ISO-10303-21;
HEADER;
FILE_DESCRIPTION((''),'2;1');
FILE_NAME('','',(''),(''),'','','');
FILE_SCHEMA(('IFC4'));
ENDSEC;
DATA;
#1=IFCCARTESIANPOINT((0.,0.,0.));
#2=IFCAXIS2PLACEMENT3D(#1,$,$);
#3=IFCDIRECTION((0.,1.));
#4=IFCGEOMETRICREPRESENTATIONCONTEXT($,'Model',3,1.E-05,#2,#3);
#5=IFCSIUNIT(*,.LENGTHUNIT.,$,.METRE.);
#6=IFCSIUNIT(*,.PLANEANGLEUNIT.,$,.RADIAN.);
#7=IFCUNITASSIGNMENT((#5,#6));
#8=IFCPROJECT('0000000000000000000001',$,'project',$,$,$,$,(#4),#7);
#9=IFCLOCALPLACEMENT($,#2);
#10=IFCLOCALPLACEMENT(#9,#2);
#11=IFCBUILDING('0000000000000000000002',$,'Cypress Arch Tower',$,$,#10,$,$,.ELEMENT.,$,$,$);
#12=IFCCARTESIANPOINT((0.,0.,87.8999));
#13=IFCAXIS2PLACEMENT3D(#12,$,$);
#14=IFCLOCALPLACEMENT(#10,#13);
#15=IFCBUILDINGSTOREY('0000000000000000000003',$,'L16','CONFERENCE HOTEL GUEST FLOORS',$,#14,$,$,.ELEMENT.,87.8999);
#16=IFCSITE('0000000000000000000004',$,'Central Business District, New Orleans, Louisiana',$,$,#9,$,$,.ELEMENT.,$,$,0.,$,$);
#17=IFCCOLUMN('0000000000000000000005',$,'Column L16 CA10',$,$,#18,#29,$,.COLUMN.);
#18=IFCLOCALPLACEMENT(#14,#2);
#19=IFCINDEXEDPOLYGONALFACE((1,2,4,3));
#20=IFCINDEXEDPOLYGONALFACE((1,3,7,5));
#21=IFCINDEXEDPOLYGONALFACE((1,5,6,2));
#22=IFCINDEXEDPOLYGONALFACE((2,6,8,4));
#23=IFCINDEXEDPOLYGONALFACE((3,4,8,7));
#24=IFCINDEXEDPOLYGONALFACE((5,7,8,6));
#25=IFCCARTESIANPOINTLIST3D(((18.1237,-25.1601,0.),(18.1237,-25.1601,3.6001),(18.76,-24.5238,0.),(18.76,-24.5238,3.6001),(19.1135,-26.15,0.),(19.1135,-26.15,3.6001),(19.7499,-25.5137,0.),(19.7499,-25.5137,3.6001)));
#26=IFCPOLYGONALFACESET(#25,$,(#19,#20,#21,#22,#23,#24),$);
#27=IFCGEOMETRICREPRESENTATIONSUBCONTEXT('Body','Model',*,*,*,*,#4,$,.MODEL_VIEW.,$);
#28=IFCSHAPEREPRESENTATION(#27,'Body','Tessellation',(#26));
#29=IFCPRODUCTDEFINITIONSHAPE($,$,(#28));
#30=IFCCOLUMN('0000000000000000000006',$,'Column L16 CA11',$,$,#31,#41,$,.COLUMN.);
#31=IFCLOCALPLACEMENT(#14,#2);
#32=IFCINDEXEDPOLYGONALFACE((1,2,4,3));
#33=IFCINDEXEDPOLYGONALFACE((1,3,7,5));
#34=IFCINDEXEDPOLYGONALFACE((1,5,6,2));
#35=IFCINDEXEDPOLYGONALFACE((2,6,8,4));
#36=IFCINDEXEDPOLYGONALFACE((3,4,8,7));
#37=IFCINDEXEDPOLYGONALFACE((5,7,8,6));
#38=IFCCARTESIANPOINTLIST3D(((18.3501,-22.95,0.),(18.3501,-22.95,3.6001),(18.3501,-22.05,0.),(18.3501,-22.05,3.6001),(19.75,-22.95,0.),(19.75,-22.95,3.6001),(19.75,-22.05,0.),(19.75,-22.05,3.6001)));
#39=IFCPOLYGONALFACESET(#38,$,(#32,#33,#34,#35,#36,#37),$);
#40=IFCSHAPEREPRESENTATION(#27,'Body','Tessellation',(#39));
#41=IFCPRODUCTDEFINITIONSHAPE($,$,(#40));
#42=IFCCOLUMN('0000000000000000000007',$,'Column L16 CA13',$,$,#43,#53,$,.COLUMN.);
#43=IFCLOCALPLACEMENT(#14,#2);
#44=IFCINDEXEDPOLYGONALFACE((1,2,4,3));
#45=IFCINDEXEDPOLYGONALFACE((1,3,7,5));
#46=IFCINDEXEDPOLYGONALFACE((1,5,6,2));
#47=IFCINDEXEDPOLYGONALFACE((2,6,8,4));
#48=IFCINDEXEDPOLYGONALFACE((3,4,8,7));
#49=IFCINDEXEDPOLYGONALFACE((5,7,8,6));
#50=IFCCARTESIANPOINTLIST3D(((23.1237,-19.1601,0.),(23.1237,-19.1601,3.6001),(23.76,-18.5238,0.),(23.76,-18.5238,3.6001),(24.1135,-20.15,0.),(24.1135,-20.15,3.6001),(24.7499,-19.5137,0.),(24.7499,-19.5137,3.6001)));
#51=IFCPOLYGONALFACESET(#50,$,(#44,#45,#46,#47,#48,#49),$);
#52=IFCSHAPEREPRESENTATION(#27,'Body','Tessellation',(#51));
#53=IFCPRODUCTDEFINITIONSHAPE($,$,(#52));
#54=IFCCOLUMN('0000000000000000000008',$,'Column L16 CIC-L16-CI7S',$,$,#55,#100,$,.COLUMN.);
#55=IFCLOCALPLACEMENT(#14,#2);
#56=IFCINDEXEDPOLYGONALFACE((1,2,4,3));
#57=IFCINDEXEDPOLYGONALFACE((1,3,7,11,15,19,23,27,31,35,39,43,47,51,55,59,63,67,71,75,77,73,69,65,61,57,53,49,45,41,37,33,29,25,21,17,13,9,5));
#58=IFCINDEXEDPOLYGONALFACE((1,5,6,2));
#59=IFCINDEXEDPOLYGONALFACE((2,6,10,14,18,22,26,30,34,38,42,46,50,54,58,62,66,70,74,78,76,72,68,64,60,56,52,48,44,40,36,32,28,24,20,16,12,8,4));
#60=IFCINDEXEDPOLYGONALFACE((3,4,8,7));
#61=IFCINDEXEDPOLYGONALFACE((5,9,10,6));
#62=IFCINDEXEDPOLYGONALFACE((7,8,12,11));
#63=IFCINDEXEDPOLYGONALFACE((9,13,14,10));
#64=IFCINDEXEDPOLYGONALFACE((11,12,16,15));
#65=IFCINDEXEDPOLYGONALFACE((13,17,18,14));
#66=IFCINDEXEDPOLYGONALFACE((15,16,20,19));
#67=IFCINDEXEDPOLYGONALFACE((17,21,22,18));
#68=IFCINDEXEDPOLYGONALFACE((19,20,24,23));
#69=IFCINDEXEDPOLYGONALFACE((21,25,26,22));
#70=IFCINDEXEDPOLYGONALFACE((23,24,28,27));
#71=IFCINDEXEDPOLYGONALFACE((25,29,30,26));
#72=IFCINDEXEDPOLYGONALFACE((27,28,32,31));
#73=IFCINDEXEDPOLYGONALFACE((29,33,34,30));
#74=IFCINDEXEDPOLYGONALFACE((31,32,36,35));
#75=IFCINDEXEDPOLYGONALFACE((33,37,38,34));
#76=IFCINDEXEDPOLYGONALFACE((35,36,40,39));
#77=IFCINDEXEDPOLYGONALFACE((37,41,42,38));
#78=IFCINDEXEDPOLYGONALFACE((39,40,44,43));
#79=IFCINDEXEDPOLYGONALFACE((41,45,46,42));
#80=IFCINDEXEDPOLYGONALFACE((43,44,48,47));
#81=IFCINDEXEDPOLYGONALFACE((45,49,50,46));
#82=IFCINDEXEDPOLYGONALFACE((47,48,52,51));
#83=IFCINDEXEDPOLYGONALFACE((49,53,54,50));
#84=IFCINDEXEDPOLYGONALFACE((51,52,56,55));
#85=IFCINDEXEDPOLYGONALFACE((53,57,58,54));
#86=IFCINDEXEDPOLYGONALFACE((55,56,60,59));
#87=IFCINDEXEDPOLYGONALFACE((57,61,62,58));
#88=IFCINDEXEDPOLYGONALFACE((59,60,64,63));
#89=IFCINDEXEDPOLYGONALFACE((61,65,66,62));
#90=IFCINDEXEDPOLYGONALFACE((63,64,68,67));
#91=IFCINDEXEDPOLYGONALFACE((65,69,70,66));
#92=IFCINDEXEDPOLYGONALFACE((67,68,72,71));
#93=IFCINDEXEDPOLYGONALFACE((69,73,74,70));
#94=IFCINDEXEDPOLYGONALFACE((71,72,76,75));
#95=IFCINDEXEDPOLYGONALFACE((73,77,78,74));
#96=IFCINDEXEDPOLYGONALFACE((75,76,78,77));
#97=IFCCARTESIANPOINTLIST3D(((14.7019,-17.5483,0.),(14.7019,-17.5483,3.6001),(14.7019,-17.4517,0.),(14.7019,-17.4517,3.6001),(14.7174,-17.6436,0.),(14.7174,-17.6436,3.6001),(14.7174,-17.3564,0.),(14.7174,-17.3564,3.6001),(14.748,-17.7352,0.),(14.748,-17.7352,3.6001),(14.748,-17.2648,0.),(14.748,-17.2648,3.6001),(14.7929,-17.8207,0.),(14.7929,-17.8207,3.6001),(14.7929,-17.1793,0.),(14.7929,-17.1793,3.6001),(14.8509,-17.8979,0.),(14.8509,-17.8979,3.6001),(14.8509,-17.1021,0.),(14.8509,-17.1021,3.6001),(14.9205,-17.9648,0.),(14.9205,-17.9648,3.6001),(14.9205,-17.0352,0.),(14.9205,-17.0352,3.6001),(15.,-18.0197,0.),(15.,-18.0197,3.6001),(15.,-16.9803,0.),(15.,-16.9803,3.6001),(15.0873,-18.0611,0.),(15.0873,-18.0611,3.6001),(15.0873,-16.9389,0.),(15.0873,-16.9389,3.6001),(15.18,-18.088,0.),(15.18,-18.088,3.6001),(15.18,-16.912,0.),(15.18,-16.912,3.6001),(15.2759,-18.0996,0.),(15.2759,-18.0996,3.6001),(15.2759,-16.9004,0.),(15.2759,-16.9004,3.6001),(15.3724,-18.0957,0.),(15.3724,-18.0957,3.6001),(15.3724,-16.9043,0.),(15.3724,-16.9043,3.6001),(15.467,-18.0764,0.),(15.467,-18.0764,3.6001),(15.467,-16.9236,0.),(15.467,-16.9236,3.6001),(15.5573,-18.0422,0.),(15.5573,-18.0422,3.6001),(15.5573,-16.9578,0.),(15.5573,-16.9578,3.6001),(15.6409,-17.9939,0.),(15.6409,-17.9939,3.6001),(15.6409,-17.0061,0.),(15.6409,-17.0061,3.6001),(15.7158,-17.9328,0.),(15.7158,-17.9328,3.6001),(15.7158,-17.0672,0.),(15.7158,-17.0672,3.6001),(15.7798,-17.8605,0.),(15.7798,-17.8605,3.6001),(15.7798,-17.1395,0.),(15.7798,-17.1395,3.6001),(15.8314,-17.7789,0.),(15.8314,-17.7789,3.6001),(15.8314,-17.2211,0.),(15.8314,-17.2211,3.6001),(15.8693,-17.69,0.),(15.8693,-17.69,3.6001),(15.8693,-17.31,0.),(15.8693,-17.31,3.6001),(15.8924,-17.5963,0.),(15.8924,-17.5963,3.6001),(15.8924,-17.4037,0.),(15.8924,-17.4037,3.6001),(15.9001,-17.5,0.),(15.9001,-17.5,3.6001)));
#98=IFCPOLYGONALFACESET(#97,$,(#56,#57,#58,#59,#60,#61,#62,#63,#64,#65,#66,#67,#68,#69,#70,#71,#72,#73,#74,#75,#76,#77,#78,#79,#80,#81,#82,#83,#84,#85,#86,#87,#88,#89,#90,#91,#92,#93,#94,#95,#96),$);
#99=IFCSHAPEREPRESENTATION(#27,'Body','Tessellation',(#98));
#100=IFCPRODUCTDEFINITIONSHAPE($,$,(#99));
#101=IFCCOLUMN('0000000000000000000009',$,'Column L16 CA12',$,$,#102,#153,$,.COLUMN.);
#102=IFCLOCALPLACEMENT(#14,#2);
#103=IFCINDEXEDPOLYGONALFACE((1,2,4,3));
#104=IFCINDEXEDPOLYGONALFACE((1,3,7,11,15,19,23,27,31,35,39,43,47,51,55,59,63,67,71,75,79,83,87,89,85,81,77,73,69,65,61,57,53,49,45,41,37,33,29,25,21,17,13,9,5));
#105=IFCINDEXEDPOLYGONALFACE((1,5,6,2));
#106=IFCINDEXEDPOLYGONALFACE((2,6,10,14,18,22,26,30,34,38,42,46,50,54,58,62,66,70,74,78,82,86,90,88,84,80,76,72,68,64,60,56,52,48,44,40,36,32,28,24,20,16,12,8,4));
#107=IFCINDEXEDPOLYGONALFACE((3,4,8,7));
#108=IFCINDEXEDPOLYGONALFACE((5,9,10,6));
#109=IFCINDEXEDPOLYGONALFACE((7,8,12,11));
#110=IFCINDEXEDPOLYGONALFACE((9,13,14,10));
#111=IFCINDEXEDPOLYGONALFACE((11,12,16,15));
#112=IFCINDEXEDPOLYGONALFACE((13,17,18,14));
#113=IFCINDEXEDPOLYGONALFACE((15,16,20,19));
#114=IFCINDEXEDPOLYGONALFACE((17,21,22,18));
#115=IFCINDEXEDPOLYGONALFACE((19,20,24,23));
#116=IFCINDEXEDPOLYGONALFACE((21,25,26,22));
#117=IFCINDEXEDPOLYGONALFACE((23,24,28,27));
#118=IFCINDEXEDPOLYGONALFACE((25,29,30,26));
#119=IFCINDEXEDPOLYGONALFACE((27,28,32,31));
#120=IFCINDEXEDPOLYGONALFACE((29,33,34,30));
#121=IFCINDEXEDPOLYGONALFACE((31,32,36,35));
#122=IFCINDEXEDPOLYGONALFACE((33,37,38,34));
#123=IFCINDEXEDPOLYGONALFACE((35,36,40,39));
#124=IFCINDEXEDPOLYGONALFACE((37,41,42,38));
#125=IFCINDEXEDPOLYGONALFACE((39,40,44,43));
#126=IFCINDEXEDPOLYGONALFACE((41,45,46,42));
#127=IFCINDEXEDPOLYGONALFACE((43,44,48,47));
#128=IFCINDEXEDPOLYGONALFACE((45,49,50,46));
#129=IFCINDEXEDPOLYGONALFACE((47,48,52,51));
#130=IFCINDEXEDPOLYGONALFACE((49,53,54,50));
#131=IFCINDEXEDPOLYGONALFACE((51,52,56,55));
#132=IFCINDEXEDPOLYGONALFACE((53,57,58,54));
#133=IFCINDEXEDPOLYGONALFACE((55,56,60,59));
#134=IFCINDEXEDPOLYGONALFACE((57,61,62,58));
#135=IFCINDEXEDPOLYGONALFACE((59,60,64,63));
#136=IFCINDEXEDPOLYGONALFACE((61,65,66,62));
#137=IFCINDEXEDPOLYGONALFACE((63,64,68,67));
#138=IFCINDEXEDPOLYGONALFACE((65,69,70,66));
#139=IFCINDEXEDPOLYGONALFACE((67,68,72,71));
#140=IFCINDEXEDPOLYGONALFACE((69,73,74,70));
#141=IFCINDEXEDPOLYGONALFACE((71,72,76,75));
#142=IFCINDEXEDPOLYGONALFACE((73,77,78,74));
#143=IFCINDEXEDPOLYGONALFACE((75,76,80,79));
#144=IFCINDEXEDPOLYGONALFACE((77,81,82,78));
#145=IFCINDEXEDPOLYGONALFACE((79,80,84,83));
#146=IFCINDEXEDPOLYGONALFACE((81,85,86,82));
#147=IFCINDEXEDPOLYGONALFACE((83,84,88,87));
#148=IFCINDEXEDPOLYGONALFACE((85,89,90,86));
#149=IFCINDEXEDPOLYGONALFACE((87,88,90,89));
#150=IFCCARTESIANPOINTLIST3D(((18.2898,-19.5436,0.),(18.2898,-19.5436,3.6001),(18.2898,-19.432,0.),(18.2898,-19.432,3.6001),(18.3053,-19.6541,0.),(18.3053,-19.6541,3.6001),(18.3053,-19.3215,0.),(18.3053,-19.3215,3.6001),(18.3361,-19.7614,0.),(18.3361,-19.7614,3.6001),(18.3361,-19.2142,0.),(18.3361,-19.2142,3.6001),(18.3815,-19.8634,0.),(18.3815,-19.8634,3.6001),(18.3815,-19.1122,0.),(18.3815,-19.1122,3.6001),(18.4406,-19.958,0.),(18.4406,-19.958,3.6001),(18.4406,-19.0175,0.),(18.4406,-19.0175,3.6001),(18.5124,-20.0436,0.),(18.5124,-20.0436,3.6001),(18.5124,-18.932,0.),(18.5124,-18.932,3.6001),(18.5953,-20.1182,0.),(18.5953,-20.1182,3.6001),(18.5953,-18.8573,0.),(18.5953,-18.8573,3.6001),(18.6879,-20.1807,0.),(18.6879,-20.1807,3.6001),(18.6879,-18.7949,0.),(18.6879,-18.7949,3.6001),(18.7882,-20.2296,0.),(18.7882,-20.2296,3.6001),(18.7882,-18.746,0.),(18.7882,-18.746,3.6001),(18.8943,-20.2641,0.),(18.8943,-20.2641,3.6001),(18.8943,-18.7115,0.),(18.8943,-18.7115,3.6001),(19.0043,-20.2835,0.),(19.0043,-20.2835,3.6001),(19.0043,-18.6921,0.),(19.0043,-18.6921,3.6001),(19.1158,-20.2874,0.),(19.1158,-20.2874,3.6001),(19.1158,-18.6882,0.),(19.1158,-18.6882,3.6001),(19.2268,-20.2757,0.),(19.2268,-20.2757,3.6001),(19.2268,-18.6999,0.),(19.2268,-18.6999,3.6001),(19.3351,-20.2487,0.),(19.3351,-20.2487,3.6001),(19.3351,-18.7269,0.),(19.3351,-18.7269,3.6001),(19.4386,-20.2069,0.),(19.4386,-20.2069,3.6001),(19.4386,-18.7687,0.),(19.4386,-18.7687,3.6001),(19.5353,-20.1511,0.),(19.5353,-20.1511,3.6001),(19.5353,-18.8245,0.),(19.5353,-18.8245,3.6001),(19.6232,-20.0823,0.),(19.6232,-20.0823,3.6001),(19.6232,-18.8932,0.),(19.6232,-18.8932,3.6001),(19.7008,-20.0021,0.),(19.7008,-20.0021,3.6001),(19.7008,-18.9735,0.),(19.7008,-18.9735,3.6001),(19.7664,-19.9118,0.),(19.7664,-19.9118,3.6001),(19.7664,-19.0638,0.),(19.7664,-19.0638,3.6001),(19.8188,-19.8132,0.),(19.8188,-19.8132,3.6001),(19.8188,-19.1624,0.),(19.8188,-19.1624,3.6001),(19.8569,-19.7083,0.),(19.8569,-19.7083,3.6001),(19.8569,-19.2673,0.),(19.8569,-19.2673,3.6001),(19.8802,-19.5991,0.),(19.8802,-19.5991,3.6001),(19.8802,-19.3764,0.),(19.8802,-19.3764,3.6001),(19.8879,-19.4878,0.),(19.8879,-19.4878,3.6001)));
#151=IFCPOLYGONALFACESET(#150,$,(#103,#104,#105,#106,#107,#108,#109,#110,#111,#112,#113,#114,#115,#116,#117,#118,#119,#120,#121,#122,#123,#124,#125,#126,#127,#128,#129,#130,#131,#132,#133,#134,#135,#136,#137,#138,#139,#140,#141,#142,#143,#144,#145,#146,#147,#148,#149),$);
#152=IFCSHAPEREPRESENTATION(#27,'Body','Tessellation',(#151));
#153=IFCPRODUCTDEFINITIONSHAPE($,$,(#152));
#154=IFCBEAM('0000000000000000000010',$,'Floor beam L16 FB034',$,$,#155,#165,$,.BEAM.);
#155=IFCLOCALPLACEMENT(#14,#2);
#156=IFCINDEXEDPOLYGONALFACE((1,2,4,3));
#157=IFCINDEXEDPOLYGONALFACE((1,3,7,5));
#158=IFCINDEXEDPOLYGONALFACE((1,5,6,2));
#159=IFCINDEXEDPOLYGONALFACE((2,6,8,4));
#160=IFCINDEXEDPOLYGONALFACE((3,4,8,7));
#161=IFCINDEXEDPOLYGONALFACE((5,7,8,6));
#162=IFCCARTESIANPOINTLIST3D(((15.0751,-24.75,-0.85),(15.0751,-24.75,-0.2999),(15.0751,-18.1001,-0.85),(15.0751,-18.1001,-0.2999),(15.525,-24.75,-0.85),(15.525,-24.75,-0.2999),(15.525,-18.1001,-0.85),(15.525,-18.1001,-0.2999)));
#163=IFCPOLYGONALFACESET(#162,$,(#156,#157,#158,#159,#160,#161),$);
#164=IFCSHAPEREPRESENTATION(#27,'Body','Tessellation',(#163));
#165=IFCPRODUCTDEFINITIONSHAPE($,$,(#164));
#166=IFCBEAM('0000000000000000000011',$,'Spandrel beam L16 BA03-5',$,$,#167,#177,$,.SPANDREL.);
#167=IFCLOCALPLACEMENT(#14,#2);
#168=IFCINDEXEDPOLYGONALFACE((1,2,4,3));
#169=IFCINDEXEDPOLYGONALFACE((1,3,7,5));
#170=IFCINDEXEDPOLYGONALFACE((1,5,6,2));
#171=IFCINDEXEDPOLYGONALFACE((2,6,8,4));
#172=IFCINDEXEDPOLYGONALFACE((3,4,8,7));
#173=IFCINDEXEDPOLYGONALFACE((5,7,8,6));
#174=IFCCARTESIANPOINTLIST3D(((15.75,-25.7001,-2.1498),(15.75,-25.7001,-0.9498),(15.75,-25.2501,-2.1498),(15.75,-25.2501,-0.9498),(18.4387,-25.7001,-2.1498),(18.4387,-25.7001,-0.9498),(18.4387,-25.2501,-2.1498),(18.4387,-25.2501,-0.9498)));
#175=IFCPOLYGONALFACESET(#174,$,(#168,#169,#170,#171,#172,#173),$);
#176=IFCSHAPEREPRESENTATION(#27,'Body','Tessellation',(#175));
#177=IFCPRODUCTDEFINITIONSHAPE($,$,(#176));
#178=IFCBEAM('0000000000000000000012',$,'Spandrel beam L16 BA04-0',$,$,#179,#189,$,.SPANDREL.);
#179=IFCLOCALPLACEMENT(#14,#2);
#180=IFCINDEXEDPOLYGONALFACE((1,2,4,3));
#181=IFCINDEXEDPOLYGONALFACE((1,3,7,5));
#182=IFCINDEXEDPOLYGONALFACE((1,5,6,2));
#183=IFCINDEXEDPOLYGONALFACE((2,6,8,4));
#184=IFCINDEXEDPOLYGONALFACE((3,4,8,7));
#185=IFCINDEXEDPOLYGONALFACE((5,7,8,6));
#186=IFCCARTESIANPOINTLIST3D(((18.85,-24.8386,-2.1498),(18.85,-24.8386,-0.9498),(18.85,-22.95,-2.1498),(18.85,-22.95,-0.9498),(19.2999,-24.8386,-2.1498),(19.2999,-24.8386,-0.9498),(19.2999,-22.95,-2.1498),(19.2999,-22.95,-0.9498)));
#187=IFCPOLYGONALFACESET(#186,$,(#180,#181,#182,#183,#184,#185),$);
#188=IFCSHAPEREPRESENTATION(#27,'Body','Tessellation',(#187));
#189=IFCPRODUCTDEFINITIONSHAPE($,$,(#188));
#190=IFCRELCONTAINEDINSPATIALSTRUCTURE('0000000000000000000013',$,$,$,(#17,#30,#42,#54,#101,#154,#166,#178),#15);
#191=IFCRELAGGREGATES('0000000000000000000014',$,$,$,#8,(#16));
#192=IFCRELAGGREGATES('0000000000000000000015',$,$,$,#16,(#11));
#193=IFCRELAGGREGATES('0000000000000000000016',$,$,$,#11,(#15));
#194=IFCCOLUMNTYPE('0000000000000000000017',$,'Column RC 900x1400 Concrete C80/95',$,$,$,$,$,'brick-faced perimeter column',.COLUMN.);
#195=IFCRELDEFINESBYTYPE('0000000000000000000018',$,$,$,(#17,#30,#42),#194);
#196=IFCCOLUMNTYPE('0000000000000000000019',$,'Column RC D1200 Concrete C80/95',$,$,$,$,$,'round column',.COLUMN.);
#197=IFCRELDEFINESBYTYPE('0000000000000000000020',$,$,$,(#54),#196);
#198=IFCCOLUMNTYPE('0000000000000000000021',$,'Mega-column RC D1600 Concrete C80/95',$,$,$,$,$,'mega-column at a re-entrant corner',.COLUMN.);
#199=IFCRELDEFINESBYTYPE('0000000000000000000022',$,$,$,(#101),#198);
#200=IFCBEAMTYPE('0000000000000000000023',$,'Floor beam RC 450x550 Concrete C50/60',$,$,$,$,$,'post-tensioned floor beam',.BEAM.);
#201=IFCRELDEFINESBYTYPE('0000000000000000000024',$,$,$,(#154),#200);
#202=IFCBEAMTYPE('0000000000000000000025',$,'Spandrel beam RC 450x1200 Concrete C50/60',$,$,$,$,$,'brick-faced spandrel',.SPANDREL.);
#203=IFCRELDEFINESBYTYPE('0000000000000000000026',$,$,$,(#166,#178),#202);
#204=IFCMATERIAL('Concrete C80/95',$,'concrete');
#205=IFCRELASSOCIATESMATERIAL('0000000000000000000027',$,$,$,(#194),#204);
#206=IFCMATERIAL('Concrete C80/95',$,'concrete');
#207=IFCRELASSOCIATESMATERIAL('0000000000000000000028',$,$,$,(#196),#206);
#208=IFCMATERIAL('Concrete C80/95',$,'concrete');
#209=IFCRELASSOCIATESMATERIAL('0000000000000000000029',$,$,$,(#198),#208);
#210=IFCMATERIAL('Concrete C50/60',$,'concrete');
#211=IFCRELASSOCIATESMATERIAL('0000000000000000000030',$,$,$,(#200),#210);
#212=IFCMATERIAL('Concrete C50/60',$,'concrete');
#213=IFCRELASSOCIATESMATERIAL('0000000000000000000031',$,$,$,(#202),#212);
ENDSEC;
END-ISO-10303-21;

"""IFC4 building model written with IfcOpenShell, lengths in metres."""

from ifc_helpers import new_model, si_unit, direction, frame, origin, origin_2d, place, context, subcontext, project, spatial, rectangle, circle, extrude, material, material_profile, profile_set, type_object, element, save


model = new_model("IFC4")

# Units and contexts
model_context = context("Model", 3, precision=1e-05, world=origin(), true_north=direction((0.0, 1.0)))
body_context = subcontext(model_context, "Body", "Model", "MODEL_VIEW")
ifc_project = project(units=[si_unit("LENGTHUNIT", "METRE"), si_unit("PLANEANGLEUNIT", "RADIAN")], contexts=[model_context])

# Site, building, storey
site_placement = place(None, origin())
site = spatial("IfcSite", under=ifc_project, at=site_placement, Name="Central Business District, New Orleans, Louisiana", CompositionType="ELEMENT", RefElevation=0.0)
building_placement = place(site_placement, origin())
building = spatial("IfcBuilding", under=site, at=building_placement, Name="Cypress Arch Tower", CompositionType="ELEMENT")
storey_placement = place(building_placement, frame((0.0, 0.0, 87.8999)))
storey = spatial("IfcBuildingStorey", under=building, at=storey_placement, Name="L16", Description="CONFERENCE HOTEL GUEST FLOORS", CompositionType="ELEMENT", Elevation=87.8999)

# Columns
ifc_material_1 = material(Name="Concrete C80/95", Category="concrete")
ifc_material_profile_1 = material_profile(ifc_material_1, rectangle(XDim=0.8999, YDim=1.3999, at=origin_2d()), Name="RC 900x1400")
ifc_profile_set_1 = profile_set([ifc_material_profile_1], Name="Concrete C80/95")
column_type_1 = type_object("IfcColumnType", Name="Column RC 900x1400 Concrete C80/95", ElementType="brick-faced perimeter column", PredefinedType="COLUMN", material=ifc_profile_set_1)
for number, where, z_axis, x_axis, name in (
    (1, (18.9368, -25.3369, 0.0), (0.0, 0.0, 1.0), (0.707107, 0.707107, 0.0), "Column L16 CA10"),
    (2, (19.05, -22.5, 0.0), (0.0, 0.0, 1.0), (0.0, 1.0, 0.0), "Column L16 CA11"),
    (3, (23.9368, -19.3369, 0.0), (0.0, 0.0, 1.0), (0.707107, 0.707107, 0.0), "Column L16 CA13"),
):
    element("IfcColumn", number, at=place(storey_placement, frame(where, z_axis=z_axis, x_axis=x_axis)), inside=storey, type_object=column_type_1, Name=name, PredefinedType="COLUMN", context=body_context, shape_type="SweptSolid", body=[
        extrude(rectangle(XDim=0.8999, YDim=1.3999, at=origin_2d()), origin(), (0.0, 0.0, 1.0), 3.6001),
    ])
ifc_material_2 = material(Name="Concrete C80/95", Category="concrete")
ifc_material_profile_2 = material_profile(ifc_material_2, circle(Radius=0.6001, at=origin_2d()), Name="RC D1200")
ifc_profile_set_2 = profile_set([ifc_material_profile_2], Name="Concrete C80/95")
column_type_2 = type_object("IfcColumnType", Name="Column RC D1200 Concrete C80/95", ElementType="round column", PredefinedType="COLUMN", material=ifc_profile_set_2)
column_1_placement = place(storey_placement, frame((15.3, -17.5, 0.0), z_axis=(0.0, 0.0, 1.0), x_axis=(1.0, 0.0, 0.0)))
element("IfcColumn", 4, at=column_1_placement, inside=storey, type_object=column_type_2, Name="Column L16 CIC-L16-CI7S", PredefinedType="COLUMN", context=body_context, shape_type="SweptSolid", body=[
    extrude(circle(Radius=0.6001, at=origin_2d()), origin(), (0.0, 0.0, 1.0), 3.6001),
])
ifc_material_3 = material(Name="Concrete C80/95", Category="concrete")
ifc_material_profile_3 = material_profile(ifc_material_3, circle(Radius=0.8, at=origin_2d()), Name="RC D1600")
ifc_profile_set_3 = profile_set([ifc_material_profile_3], Name="Concrete C80/95")
column_type_3 = type_object("IfcColumnType", Name="Mega-column RC D1600 Concrete C80/95", ElementType="mega-column at a re-entrant corner", PredefinedType="COLUMN", material=ifc_profile_set_3)
column_2_placement = place(storey_placement, frame((19.0879, -19.4878, 0.0), z_axis=(0.0, 0.0, 1.0), x_axis=(1.0, 0.0, 0.0)))
element("IfcColumn", 5, at=column_2_placement, inside=storey, type_object=column_type_3, Name="Column L16 CA12", PredefinedType="COLUMN", context=body_context, shape_type="SweptSolid", body=[
    extrude(circle(Radius=0.8, at=origin_2d()), origin(), (0.0, 0.0, 1.0), 3.6001),
])

# Beams
ifc_material_4 = material(Name="Concrete C50/60", Category="concrete")
ifc_material_profile_4 = material_profile(ifc_material_4, rectangle(XDim=0.45, YDim=0.55, at=origin_2d()), Name="RC 450x550")
ifc_profile_set_4 = profile_set([ifc_material_profile_4], Name="Concrete C50/60")
beam_type_1 = type_object("IfcBeamType", Name="Floor beam RC 450x550 Concrete C50/60", ElementType="post-tensioned floor beam", PredefinedType="BEAM", material=ifc_profile_set_4)
beam_1_placement = place(storey_placement, frame((15.3, -24.75, -0.575), z_axis=(0.0, 1.0, 0.0), x_axis=(-1.0, 0.0, 0.0)))
element("IfcBeam", 6, at=beam_1_placement, inside=storey, type_object=beam_type_1, Name="Floor beam L16 FB034", PredefinedType="BEAM", context=body_context, shape_type="SweptSolid", body=[
    extrude(rectangle(XDim=0.45, YDim=0.55, at=origin_2d()), origin(), (0.0, 0.0, 1.0), 6.6499),
])
ifc_material_5 = material(Name="Concrete C50/60", Category="concrete")
ifc_material_profile_5 = material_profile(ifc_material_5, rectangle(XDim=0.45, YDim=1.2, at=origin_2d()), Name="RC 450x1200")
ifc_profile_set_5 = profile_set([ifc_material_profile_5], Name="Concrete C50/60")
beam_type_2 = type_object("IfcBeamType", Name="Spandrel beam RC 450x1200 Concrete C50/60", ElementType="brick-faced spandrel", PredefinedType="SPANDREL", material=ifc_profile_set_5)
beam_2_placement = place(storey_placement, frame((15.75, -25.4751, -1.5498), z_axis=(1.0, 0.0, 0.0), x_axis=(0.0, 1.0, 0.0)))
element("IfcBeam", 7, at=beam_2_placement, inside=storey, type_object=beam_type_2, Name="Spandrel beam L16 BA03-5", PredefinedType="SPANDREL", context=body_context, shape_type="SweptSolid", body=[
    extrude(rectangle(XDim=0.45, YDim=1.2, at=origin_2d()), origin(), (0.0, 0.0, 1.0), 2.6887),
])
beam_3_placement = place(storey_placement, frame((19.075, -24.8386, -1.5498), z_axis=(0.0, 1.0, 0.0), x_axis=(-1.0, 0.0, 0.0)))
element("IfcBeam", 8, at=beam_3_placement, inside=storey, type_object=beam_type_2, Name="Spandrel beam L16 BA04-0", PredefinedType="SPANDREL", context=body_context, shape_type="SweptSolid", body=[
    extrude(rectangle(XDim=0.45, YDim=1.2, at=origin_2d()), origin(), (0.0, 0.0, 1.0), 1.8887),
])

save(model, "model.ifc")
